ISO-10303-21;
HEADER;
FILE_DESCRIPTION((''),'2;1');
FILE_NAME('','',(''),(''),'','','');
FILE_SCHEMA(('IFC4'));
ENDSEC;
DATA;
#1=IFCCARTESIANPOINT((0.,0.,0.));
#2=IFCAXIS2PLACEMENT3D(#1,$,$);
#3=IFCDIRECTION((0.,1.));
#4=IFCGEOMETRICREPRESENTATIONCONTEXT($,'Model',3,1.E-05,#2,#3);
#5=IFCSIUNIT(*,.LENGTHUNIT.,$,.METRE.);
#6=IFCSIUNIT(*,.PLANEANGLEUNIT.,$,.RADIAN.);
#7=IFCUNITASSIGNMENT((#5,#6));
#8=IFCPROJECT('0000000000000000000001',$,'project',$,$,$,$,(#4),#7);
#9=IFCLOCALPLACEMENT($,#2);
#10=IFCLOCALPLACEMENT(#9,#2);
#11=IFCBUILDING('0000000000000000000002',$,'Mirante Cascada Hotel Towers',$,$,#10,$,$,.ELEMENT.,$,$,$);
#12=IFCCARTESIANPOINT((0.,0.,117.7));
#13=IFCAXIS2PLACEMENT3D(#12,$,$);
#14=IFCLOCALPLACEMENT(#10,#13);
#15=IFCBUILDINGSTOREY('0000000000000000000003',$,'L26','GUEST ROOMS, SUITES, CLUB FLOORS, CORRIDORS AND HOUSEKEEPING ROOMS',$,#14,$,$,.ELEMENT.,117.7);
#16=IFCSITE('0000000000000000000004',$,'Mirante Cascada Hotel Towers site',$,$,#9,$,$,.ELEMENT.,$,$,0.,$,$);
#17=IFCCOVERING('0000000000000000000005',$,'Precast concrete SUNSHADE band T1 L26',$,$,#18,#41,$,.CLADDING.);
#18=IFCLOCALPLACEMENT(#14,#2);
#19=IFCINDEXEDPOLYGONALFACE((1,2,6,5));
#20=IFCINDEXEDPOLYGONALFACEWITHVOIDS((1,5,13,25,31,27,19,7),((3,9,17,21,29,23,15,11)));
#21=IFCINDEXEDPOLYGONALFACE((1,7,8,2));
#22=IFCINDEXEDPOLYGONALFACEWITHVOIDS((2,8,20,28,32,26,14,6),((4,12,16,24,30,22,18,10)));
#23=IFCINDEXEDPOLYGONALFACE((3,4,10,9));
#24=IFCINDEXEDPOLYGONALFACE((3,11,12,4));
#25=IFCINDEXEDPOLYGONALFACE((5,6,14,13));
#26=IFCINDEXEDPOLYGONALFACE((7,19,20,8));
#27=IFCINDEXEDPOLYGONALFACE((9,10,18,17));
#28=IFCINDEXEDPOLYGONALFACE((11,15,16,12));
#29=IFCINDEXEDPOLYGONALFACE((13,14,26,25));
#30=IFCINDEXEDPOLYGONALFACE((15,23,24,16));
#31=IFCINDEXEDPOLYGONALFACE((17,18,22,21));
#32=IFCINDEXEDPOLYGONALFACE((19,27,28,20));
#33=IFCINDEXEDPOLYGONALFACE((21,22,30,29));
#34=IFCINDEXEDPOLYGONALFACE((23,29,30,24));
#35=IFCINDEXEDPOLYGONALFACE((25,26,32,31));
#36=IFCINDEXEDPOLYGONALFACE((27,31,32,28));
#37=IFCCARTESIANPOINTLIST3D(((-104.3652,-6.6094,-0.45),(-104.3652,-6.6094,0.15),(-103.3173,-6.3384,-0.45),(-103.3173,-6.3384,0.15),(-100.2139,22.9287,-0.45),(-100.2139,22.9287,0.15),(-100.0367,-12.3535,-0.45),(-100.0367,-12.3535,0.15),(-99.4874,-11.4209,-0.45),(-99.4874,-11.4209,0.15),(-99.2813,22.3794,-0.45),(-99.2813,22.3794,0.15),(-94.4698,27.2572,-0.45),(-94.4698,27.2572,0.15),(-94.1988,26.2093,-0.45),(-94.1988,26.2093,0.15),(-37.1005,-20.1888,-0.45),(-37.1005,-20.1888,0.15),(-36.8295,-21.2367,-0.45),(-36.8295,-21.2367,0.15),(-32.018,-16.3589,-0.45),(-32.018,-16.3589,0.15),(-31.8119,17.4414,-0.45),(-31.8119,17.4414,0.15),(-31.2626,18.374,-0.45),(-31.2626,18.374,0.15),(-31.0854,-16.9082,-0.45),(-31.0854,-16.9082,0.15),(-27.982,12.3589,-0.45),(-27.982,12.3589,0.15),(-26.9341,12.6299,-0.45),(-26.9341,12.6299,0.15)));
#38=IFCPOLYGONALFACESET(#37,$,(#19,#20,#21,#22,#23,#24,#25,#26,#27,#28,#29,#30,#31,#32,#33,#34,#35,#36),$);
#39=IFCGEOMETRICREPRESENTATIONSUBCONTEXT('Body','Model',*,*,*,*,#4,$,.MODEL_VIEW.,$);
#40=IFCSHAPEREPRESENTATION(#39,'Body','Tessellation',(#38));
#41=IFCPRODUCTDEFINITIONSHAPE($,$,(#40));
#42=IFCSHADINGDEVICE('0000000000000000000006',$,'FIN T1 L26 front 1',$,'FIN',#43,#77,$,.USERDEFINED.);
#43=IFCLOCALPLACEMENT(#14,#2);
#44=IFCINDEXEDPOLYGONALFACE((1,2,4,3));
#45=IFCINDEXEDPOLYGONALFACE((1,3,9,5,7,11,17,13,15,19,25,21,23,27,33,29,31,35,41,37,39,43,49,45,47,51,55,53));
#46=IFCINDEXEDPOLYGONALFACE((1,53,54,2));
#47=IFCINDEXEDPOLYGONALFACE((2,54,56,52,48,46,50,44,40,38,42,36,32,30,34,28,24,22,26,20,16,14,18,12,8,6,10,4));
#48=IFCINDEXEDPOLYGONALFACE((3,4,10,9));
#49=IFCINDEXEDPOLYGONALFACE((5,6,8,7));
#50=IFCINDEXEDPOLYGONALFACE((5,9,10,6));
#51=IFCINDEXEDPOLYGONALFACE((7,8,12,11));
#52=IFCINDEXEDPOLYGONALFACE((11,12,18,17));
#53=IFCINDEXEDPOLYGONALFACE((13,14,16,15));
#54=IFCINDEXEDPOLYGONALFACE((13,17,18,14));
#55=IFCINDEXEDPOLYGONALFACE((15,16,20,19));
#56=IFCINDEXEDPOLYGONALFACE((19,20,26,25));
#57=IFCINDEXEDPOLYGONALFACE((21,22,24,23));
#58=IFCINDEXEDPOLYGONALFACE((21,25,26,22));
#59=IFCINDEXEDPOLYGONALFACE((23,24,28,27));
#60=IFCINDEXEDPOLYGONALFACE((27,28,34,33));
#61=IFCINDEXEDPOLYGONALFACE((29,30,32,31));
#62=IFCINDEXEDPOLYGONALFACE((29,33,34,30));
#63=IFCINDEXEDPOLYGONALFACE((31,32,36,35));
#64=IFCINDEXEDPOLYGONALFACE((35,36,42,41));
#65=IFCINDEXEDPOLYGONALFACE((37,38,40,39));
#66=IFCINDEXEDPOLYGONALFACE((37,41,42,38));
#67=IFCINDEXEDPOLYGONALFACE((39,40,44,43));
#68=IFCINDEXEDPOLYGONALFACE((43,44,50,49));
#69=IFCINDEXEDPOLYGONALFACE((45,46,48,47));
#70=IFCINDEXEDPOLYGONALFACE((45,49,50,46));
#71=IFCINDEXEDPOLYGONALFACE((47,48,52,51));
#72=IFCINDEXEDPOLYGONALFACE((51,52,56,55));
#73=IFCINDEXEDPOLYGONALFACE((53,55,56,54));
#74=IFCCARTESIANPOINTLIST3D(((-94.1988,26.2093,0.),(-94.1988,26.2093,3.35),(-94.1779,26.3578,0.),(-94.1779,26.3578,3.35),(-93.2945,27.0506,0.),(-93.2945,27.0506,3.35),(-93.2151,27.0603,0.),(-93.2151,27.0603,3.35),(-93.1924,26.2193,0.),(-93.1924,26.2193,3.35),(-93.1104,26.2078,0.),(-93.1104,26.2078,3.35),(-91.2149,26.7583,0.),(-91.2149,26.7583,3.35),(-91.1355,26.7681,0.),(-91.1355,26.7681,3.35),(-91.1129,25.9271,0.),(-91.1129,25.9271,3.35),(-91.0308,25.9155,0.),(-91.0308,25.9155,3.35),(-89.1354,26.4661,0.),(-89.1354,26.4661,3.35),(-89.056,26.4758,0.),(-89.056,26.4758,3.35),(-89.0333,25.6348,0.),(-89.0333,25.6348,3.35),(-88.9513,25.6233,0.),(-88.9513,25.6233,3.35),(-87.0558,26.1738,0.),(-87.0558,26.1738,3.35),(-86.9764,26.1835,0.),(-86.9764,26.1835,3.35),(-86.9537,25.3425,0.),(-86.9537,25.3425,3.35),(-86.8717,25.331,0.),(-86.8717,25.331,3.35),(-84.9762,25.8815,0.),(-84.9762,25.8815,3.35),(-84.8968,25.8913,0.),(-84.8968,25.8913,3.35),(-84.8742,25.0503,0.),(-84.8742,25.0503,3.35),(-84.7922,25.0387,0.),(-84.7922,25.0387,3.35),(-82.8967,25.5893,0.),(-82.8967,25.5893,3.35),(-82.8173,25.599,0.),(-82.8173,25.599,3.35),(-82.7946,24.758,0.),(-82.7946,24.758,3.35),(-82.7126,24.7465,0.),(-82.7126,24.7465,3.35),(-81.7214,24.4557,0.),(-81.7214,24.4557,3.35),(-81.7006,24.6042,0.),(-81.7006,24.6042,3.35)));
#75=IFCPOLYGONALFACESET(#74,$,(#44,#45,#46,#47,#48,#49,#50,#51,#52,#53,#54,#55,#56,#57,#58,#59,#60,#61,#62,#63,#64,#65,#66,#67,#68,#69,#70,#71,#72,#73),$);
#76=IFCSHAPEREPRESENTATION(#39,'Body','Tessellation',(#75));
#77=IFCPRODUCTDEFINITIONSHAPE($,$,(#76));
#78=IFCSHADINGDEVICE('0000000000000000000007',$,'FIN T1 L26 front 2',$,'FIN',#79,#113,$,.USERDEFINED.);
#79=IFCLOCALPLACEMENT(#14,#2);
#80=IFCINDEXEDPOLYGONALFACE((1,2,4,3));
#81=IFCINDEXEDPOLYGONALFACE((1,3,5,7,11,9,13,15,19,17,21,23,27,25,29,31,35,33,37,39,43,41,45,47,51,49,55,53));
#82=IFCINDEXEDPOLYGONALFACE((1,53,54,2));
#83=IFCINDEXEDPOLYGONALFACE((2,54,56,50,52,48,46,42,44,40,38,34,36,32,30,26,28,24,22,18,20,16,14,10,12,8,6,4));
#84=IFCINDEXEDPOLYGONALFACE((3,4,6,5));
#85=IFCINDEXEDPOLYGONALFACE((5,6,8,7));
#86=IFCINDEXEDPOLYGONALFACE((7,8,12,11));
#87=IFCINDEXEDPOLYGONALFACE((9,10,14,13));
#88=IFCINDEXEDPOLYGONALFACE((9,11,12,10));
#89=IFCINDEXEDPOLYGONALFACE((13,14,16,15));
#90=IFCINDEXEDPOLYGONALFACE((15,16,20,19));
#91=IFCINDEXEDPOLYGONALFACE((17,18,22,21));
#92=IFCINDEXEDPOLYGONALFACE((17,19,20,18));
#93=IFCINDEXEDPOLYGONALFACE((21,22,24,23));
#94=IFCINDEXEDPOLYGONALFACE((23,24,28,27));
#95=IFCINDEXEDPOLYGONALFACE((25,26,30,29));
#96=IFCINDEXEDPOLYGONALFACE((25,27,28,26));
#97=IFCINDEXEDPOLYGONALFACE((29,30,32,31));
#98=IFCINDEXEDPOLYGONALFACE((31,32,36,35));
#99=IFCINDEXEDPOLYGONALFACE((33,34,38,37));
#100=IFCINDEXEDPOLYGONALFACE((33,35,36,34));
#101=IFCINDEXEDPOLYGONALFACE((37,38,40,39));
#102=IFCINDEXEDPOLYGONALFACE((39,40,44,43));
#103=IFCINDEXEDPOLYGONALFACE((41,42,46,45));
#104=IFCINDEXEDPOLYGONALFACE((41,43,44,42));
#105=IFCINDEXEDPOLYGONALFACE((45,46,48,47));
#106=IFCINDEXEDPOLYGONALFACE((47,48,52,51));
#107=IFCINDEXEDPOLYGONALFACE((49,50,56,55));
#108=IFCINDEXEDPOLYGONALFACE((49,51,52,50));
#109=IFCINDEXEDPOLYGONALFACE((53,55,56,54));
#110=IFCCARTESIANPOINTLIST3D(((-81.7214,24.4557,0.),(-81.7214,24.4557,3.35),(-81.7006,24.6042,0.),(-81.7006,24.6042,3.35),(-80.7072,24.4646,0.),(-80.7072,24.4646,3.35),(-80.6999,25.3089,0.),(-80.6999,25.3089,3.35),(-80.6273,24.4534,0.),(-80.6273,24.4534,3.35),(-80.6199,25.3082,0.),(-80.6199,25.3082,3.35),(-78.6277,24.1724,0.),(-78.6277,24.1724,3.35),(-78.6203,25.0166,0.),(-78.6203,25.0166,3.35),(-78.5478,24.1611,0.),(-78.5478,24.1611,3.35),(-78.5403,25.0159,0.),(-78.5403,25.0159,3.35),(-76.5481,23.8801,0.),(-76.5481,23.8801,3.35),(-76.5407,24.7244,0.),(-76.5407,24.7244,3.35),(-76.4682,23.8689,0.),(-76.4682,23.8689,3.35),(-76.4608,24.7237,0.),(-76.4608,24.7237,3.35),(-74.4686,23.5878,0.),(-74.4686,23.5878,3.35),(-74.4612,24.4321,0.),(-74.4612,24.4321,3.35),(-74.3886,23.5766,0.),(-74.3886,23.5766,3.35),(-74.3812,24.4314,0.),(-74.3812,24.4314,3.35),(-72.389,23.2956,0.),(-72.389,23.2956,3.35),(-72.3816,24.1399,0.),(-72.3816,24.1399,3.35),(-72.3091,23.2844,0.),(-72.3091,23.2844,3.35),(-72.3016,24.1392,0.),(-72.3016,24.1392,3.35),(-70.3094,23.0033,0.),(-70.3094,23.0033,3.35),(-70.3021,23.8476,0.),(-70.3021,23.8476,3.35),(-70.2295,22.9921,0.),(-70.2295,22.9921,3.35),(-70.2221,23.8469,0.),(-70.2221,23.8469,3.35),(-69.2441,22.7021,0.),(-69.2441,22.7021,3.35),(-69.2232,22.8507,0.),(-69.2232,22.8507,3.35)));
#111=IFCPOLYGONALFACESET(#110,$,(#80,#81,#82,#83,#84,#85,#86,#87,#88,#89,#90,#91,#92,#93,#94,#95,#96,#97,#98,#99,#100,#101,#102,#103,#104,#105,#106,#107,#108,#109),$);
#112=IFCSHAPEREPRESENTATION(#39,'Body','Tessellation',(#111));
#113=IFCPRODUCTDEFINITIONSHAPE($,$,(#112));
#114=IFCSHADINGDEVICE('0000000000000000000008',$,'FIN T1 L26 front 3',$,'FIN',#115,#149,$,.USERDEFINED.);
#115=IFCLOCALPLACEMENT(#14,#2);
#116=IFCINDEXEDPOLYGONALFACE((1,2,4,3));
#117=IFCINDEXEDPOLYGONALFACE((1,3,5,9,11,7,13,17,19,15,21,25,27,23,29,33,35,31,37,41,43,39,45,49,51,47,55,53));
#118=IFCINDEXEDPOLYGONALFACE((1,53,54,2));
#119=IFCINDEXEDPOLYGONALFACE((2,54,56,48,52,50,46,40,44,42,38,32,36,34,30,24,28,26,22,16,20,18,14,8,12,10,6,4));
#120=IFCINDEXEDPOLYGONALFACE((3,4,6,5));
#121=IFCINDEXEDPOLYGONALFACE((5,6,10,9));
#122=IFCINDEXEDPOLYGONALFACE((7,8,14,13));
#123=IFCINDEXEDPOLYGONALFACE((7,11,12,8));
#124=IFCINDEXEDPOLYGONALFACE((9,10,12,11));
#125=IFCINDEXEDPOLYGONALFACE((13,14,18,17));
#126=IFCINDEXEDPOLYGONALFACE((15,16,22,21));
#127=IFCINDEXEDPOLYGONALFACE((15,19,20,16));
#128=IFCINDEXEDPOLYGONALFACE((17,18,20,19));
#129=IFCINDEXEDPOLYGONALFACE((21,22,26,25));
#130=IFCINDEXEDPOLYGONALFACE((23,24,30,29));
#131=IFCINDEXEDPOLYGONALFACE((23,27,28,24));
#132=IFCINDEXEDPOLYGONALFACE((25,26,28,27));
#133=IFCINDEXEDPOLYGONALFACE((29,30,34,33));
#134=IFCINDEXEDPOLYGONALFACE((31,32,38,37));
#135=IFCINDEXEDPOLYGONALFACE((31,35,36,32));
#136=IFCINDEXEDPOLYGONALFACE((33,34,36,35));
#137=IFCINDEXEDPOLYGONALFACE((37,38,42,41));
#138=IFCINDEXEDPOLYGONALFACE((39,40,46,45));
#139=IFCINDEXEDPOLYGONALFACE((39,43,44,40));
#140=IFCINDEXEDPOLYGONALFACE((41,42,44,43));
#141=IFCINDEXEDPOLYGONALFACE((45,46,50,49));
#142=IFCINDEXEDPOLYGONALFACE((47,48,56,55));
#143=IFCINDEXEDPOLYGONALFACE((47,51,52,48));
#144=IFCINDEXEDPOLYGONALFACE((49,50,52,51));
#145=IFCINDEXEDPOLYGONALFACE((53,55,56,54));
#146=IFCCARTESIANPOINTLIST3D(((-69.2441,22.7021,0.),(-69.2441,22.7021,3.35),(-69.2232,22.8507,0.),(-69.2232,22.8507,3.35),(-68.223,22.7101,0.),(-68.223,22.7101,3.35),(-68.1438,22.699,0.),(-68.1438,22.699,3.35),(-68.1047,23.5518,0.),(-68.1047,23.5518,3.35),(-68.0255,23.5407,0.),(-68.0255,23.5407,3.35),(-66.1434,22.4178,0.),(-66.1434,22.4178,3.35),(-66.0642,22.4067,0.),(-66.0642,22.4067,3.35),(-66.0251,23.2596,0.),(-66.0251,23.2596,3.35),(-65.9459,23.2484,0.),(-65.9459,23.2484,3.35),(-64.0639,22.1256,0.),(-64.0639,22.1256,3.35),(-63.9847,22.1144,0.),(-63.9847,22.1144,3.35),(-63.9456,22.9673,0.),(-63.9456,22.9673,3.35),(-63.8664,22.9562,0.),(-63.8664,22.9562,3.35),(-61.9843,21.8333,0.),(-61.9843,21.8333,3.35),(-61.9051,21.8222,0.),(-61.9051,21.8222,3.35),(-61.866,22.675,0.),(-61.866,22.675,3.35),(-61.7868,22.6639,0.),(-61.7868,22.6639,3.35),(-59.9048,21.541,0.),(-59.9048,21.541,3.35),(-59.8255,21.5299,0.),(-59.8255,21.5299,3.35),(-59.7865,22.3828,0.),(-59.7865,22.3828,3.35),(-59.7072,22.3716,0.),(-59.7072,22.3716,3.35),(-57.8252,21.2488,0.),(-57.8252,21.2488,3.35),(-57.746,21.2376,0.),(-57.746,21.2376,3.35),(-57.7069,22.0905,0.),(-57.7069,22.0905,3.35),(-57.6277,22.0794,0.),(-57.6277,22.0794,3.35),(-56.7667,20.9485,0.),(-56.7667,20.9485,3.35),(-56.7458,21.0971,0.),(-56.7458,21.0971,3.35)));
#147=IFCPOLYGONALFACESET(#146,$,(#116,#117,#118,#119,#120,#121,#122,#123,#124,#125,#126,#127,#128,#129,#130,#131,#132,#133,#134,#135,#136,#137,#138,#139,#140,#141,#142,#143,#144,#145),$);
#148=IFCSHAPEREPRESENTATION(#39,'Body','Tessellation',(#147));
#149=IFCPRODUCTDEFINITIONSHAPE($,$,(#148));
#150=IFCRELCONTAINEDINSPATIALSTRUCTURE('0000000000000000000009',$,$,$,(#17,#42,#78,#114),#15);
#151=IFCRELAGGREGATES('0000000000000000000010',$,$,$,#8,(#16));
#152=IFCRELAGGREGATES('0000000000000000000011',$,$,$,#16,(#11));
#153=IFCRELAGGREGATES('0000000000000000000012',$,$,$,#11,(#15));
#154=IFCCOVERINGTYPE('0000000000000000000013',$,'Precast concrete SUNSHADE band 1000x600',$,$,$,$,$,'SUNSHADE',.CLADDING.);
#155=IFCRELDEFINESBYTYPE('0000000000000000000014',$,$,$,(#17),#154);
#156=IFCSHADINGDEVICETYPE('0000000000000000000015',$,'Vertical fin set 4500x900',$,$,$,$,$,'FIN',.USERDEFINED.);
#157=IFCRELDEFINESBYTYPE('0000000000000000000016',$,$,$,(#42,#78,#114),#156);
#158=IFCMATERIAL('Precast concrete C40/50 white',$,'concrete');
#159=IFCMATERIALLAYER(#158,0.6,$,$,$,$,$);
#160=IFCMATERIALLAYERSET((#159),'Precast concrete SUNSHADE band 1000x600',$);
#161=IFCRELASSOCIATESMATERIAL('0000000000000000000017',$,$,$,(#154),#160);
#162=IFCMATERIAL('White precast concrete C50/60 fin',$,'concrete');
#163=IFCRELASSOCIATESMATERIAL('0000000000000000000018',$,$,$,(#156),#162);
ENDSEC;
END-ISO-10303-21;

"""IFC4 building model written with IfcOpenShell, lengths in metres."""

from ifc_helpers import new_model, si_unit, direction, frame, origin, place, context, subcontext, project, spatial, polyline, outline, extrude, material, layer, layer_set, type_object, element, save


model = new_model("IFC4")

# Units and contexts
model_context = context("Model", 3, precision=1e-05, world=origin(), true_north=direction((0.0, 1.0)))
body_context = subcontext(model_context, "Body", "Model", "MODEL_VIEW")
ifc_project = project(units=[si_unit("LENGTHUNIT", "METRE"), si_unit("PLANEANGLEUNIT", "RADIAN")], contexts=[model_context])

# Site, building, storey
site_placement = place(None, origin())
site = spatial("IfcSite", under=ifc_project, at=site_placement, Name="Mirante Cascada Hotel Towers site", CompositionType="ELEMENT", RefElevation=0.0)
building_placement = place(site_placement, origin())
building = spatial("IfcBuilding", under=site, at=building_placement, Name="Mirante Cascada Hotel Towers", CompositionType="ELEMENT")
storey_placement = place(building_placement, frame((0.0, 0.0, 117.7)))
storey = spatial("IfcBuildingStorey", under=building, at=storey_placement, Name="L26", Description="GUEST ROOMS, SUITES, CLUB FLOORS, CORRIDORS AND HOUSEKEEPING ROOMS", CompositionType="ELEMENT", Elevation=117.7)

# Covering
ifc_material_1 = material(Name="Precast concrete C40/50 white", Category="concrete")
ifc_layer_1 = layer(ifc_material_1, 0.6)
ifc_layer_set_1 = layer_set([ifc_layer_1], Name="Precast concrete SUNSHADE band 1000x600")
covering_type = type_object("IfcCoveringType", Name="Precast concrete SUNSHADE band 1000x600", ElementType="SUNSHADE", PredefinedType="CLADDING", material=ifc_layer_set_1)
covering_placement = place(storey_placement, frame((0.0, 0.0, -0.45)))
element("IfcCovering", 1, at=covering_placement, inside=storey, type_object=covering_type, Name="Precast concrete SUNSHADE band T1 L26", PredefinedType="CLADDING", context=body_context, shape_type="SweptSolid", body=[
    extrude(outline(polyline([(-104.3652, -6.6094), (-100.2139, 22.9287), (-94.4698, 27.2572), (-31.2626, 18.374), (-26.9341, 12.6299), (-31.0854, -16.9082), (-36.8295, -21.2367), (-100.0367, -12.3535), (-104.3652, -6.6094)]), holes=[polyline([(-27.982, 12.3589), (-31.8119, 17.4414), (-94.1988, 26.2093), (-99.2813, 22.3794), (-103.3173, -6.3384), (-99.4874, -11.4209), (-37.1005, -20.1888), (-32.018, -16.3589), (-27.982, 12.3589)])]), origin(), (0.0, 0.0, 1.0), 0.6),
])

# Shading devices
ifc_material_2 = material(Name="White precast concrete C50/60 fin", Category="concrete")
shading_device_type = type_object("IfcShadingDeviceType", Name="Vertical fin set 4500x900", ElementType="FIN", PredefinedType="USERDEFINED", material=ifc_material_2)
shading_device_1_placement = place(storey_placement, origin())
element("IfcShadingDevice", 2, at=shading_device_1_placement, inside=storey, type_object=shading_device_type, Name="FIN T1 L26 front 1", ObjectType="FIN", PredefinedType="USERDEFINED", context=body_context, shape_type="SweptSolid", body=[
    extrude(outline(polyline([(-82.8173, 25.599), (-82.7126, 24.7465), (-81.7006, 24.6042), (-81.7214, 24.4557), (-94.1988, 26.2093), (-94.1779, 26.3578), (-93.1924, 26.2193), (-93.2945, 27.0506), (-93.2151, 27.0603), (-93.1104, 26.2078), (-91.1129, 25.9271), (-91.2149, 26.7583), (-91.1355, 26.7681), (-91.0308, 25.9155), (-89.0333, 25.6348), (-89.1354, 26.4661), (-89.056, 26.4758), (-88.9513, 25.6233), (-86.9537, 25.3425), (-87.0558, 26.1738), (-86.9764, 26.1835), (-86.8717, 25.331), (-84.8742, 25.0503), (-84.9762, 25.8815), (-84.8968, 25.8913), (-84.7922, 25.0387), (-82.7946, 24.758), (-82.8967, 25.5893), (-82.8173, 25.599)])), origin(), (0.0, 0.0, 1.0), 3.35),
])
shading_device_2_placement = place(storey_placement, origin())
element("IfcShadingDevice", 3, at=shading_device_2_placement, inside=storey, type_object=shading_device_type, Name="FIN T1 L26 front 2", ObjectType="FIN", PredefinedType="USERDEFINED", context=body_context, shape_type="SweptSolid", body=[
    extrude(outline(polyline([(-70.2221, 23.8469), (-70.2295, 22.9921), (-69.2232, 22.8507), (-69.2441, 22.7021), (-81.7214, 24.4557), (-81.7006, 24.6042), (-80.7072, 24.4646), (-80.6999, 25.3089), (-80.6199, 25.3082), (-80.6273, 24.4534), (-78.6277, 24.1724), (-78.6203, 25.0166), (-78.5403, 25.0159), (-78.5478, 24.1611), (-76.5481, 23.8801), (-76.5407, 24.7244), (-76.4608, 24.7237), (-76.4682, 23.8689), (-74.4686, 23.5878), (-74.4612, 24.4321), (-74.3812, 24.4314), (-74.3886, 23.5766), (-72.389, 23.2956), (-72.3816, 24.1399), (-72.3016, 24.1392), (-72.3091, 23.2844), (-70.3094, 23.0033), (-70.3021, 23.8476), (-70.2221, 23.8469)])), origin(), (0.0, 0.0, 1.0), 3.35),
])
shading_device_3_placement = place(storey_placement, origin())
element("IfcShadingDevice", 4, at=shading_device_3_placement, inside=storey, type_object=shading_device_type, Name="FIN T1 L26 front 3", ObjectType="FIN", PredefinedType="USERDEFINED", context=body_context, shape_type="SweptSolid", body=[
    extrude(outline(polyline([(-57.6277, 22.0794), (-57.746, 21.2376), (-56.7458, 21.0971), (-56.7667, 20.9485), (-69.2441, 22.7021), (-69.2232, 22.8507), (-68.223, 22.7101), (-68.1047, 23.5518), (-68.0255, 23.5407), (-68.1438, 22.699), (-66.1434, 22.4178), (-66.0251, 23.2596), (-65.9459, 23.2484), (-66.0642, 22.4067), (-64.0639, 22.1256), (-63.9456, 22.9673), (-63.8664, 22.9562), (-63.9847, 22.1144), (-61.9843, 21.8333), (-61.866, 22.675), (-61.7868, 22.6639), (-61.9051, 21.8222), (-59.9048, 21.541), (-59.7865, 22.3828), (-59.7072, 22.3716), (-59.8255, 21.5299), (-57.8252, 21.2488), (-57.7069, 22.0905), (-57.6277, 22.0794)])), origin(), (0.0, 0.0, 1.0), 3.35),
])

save(model, "model.ifc")
